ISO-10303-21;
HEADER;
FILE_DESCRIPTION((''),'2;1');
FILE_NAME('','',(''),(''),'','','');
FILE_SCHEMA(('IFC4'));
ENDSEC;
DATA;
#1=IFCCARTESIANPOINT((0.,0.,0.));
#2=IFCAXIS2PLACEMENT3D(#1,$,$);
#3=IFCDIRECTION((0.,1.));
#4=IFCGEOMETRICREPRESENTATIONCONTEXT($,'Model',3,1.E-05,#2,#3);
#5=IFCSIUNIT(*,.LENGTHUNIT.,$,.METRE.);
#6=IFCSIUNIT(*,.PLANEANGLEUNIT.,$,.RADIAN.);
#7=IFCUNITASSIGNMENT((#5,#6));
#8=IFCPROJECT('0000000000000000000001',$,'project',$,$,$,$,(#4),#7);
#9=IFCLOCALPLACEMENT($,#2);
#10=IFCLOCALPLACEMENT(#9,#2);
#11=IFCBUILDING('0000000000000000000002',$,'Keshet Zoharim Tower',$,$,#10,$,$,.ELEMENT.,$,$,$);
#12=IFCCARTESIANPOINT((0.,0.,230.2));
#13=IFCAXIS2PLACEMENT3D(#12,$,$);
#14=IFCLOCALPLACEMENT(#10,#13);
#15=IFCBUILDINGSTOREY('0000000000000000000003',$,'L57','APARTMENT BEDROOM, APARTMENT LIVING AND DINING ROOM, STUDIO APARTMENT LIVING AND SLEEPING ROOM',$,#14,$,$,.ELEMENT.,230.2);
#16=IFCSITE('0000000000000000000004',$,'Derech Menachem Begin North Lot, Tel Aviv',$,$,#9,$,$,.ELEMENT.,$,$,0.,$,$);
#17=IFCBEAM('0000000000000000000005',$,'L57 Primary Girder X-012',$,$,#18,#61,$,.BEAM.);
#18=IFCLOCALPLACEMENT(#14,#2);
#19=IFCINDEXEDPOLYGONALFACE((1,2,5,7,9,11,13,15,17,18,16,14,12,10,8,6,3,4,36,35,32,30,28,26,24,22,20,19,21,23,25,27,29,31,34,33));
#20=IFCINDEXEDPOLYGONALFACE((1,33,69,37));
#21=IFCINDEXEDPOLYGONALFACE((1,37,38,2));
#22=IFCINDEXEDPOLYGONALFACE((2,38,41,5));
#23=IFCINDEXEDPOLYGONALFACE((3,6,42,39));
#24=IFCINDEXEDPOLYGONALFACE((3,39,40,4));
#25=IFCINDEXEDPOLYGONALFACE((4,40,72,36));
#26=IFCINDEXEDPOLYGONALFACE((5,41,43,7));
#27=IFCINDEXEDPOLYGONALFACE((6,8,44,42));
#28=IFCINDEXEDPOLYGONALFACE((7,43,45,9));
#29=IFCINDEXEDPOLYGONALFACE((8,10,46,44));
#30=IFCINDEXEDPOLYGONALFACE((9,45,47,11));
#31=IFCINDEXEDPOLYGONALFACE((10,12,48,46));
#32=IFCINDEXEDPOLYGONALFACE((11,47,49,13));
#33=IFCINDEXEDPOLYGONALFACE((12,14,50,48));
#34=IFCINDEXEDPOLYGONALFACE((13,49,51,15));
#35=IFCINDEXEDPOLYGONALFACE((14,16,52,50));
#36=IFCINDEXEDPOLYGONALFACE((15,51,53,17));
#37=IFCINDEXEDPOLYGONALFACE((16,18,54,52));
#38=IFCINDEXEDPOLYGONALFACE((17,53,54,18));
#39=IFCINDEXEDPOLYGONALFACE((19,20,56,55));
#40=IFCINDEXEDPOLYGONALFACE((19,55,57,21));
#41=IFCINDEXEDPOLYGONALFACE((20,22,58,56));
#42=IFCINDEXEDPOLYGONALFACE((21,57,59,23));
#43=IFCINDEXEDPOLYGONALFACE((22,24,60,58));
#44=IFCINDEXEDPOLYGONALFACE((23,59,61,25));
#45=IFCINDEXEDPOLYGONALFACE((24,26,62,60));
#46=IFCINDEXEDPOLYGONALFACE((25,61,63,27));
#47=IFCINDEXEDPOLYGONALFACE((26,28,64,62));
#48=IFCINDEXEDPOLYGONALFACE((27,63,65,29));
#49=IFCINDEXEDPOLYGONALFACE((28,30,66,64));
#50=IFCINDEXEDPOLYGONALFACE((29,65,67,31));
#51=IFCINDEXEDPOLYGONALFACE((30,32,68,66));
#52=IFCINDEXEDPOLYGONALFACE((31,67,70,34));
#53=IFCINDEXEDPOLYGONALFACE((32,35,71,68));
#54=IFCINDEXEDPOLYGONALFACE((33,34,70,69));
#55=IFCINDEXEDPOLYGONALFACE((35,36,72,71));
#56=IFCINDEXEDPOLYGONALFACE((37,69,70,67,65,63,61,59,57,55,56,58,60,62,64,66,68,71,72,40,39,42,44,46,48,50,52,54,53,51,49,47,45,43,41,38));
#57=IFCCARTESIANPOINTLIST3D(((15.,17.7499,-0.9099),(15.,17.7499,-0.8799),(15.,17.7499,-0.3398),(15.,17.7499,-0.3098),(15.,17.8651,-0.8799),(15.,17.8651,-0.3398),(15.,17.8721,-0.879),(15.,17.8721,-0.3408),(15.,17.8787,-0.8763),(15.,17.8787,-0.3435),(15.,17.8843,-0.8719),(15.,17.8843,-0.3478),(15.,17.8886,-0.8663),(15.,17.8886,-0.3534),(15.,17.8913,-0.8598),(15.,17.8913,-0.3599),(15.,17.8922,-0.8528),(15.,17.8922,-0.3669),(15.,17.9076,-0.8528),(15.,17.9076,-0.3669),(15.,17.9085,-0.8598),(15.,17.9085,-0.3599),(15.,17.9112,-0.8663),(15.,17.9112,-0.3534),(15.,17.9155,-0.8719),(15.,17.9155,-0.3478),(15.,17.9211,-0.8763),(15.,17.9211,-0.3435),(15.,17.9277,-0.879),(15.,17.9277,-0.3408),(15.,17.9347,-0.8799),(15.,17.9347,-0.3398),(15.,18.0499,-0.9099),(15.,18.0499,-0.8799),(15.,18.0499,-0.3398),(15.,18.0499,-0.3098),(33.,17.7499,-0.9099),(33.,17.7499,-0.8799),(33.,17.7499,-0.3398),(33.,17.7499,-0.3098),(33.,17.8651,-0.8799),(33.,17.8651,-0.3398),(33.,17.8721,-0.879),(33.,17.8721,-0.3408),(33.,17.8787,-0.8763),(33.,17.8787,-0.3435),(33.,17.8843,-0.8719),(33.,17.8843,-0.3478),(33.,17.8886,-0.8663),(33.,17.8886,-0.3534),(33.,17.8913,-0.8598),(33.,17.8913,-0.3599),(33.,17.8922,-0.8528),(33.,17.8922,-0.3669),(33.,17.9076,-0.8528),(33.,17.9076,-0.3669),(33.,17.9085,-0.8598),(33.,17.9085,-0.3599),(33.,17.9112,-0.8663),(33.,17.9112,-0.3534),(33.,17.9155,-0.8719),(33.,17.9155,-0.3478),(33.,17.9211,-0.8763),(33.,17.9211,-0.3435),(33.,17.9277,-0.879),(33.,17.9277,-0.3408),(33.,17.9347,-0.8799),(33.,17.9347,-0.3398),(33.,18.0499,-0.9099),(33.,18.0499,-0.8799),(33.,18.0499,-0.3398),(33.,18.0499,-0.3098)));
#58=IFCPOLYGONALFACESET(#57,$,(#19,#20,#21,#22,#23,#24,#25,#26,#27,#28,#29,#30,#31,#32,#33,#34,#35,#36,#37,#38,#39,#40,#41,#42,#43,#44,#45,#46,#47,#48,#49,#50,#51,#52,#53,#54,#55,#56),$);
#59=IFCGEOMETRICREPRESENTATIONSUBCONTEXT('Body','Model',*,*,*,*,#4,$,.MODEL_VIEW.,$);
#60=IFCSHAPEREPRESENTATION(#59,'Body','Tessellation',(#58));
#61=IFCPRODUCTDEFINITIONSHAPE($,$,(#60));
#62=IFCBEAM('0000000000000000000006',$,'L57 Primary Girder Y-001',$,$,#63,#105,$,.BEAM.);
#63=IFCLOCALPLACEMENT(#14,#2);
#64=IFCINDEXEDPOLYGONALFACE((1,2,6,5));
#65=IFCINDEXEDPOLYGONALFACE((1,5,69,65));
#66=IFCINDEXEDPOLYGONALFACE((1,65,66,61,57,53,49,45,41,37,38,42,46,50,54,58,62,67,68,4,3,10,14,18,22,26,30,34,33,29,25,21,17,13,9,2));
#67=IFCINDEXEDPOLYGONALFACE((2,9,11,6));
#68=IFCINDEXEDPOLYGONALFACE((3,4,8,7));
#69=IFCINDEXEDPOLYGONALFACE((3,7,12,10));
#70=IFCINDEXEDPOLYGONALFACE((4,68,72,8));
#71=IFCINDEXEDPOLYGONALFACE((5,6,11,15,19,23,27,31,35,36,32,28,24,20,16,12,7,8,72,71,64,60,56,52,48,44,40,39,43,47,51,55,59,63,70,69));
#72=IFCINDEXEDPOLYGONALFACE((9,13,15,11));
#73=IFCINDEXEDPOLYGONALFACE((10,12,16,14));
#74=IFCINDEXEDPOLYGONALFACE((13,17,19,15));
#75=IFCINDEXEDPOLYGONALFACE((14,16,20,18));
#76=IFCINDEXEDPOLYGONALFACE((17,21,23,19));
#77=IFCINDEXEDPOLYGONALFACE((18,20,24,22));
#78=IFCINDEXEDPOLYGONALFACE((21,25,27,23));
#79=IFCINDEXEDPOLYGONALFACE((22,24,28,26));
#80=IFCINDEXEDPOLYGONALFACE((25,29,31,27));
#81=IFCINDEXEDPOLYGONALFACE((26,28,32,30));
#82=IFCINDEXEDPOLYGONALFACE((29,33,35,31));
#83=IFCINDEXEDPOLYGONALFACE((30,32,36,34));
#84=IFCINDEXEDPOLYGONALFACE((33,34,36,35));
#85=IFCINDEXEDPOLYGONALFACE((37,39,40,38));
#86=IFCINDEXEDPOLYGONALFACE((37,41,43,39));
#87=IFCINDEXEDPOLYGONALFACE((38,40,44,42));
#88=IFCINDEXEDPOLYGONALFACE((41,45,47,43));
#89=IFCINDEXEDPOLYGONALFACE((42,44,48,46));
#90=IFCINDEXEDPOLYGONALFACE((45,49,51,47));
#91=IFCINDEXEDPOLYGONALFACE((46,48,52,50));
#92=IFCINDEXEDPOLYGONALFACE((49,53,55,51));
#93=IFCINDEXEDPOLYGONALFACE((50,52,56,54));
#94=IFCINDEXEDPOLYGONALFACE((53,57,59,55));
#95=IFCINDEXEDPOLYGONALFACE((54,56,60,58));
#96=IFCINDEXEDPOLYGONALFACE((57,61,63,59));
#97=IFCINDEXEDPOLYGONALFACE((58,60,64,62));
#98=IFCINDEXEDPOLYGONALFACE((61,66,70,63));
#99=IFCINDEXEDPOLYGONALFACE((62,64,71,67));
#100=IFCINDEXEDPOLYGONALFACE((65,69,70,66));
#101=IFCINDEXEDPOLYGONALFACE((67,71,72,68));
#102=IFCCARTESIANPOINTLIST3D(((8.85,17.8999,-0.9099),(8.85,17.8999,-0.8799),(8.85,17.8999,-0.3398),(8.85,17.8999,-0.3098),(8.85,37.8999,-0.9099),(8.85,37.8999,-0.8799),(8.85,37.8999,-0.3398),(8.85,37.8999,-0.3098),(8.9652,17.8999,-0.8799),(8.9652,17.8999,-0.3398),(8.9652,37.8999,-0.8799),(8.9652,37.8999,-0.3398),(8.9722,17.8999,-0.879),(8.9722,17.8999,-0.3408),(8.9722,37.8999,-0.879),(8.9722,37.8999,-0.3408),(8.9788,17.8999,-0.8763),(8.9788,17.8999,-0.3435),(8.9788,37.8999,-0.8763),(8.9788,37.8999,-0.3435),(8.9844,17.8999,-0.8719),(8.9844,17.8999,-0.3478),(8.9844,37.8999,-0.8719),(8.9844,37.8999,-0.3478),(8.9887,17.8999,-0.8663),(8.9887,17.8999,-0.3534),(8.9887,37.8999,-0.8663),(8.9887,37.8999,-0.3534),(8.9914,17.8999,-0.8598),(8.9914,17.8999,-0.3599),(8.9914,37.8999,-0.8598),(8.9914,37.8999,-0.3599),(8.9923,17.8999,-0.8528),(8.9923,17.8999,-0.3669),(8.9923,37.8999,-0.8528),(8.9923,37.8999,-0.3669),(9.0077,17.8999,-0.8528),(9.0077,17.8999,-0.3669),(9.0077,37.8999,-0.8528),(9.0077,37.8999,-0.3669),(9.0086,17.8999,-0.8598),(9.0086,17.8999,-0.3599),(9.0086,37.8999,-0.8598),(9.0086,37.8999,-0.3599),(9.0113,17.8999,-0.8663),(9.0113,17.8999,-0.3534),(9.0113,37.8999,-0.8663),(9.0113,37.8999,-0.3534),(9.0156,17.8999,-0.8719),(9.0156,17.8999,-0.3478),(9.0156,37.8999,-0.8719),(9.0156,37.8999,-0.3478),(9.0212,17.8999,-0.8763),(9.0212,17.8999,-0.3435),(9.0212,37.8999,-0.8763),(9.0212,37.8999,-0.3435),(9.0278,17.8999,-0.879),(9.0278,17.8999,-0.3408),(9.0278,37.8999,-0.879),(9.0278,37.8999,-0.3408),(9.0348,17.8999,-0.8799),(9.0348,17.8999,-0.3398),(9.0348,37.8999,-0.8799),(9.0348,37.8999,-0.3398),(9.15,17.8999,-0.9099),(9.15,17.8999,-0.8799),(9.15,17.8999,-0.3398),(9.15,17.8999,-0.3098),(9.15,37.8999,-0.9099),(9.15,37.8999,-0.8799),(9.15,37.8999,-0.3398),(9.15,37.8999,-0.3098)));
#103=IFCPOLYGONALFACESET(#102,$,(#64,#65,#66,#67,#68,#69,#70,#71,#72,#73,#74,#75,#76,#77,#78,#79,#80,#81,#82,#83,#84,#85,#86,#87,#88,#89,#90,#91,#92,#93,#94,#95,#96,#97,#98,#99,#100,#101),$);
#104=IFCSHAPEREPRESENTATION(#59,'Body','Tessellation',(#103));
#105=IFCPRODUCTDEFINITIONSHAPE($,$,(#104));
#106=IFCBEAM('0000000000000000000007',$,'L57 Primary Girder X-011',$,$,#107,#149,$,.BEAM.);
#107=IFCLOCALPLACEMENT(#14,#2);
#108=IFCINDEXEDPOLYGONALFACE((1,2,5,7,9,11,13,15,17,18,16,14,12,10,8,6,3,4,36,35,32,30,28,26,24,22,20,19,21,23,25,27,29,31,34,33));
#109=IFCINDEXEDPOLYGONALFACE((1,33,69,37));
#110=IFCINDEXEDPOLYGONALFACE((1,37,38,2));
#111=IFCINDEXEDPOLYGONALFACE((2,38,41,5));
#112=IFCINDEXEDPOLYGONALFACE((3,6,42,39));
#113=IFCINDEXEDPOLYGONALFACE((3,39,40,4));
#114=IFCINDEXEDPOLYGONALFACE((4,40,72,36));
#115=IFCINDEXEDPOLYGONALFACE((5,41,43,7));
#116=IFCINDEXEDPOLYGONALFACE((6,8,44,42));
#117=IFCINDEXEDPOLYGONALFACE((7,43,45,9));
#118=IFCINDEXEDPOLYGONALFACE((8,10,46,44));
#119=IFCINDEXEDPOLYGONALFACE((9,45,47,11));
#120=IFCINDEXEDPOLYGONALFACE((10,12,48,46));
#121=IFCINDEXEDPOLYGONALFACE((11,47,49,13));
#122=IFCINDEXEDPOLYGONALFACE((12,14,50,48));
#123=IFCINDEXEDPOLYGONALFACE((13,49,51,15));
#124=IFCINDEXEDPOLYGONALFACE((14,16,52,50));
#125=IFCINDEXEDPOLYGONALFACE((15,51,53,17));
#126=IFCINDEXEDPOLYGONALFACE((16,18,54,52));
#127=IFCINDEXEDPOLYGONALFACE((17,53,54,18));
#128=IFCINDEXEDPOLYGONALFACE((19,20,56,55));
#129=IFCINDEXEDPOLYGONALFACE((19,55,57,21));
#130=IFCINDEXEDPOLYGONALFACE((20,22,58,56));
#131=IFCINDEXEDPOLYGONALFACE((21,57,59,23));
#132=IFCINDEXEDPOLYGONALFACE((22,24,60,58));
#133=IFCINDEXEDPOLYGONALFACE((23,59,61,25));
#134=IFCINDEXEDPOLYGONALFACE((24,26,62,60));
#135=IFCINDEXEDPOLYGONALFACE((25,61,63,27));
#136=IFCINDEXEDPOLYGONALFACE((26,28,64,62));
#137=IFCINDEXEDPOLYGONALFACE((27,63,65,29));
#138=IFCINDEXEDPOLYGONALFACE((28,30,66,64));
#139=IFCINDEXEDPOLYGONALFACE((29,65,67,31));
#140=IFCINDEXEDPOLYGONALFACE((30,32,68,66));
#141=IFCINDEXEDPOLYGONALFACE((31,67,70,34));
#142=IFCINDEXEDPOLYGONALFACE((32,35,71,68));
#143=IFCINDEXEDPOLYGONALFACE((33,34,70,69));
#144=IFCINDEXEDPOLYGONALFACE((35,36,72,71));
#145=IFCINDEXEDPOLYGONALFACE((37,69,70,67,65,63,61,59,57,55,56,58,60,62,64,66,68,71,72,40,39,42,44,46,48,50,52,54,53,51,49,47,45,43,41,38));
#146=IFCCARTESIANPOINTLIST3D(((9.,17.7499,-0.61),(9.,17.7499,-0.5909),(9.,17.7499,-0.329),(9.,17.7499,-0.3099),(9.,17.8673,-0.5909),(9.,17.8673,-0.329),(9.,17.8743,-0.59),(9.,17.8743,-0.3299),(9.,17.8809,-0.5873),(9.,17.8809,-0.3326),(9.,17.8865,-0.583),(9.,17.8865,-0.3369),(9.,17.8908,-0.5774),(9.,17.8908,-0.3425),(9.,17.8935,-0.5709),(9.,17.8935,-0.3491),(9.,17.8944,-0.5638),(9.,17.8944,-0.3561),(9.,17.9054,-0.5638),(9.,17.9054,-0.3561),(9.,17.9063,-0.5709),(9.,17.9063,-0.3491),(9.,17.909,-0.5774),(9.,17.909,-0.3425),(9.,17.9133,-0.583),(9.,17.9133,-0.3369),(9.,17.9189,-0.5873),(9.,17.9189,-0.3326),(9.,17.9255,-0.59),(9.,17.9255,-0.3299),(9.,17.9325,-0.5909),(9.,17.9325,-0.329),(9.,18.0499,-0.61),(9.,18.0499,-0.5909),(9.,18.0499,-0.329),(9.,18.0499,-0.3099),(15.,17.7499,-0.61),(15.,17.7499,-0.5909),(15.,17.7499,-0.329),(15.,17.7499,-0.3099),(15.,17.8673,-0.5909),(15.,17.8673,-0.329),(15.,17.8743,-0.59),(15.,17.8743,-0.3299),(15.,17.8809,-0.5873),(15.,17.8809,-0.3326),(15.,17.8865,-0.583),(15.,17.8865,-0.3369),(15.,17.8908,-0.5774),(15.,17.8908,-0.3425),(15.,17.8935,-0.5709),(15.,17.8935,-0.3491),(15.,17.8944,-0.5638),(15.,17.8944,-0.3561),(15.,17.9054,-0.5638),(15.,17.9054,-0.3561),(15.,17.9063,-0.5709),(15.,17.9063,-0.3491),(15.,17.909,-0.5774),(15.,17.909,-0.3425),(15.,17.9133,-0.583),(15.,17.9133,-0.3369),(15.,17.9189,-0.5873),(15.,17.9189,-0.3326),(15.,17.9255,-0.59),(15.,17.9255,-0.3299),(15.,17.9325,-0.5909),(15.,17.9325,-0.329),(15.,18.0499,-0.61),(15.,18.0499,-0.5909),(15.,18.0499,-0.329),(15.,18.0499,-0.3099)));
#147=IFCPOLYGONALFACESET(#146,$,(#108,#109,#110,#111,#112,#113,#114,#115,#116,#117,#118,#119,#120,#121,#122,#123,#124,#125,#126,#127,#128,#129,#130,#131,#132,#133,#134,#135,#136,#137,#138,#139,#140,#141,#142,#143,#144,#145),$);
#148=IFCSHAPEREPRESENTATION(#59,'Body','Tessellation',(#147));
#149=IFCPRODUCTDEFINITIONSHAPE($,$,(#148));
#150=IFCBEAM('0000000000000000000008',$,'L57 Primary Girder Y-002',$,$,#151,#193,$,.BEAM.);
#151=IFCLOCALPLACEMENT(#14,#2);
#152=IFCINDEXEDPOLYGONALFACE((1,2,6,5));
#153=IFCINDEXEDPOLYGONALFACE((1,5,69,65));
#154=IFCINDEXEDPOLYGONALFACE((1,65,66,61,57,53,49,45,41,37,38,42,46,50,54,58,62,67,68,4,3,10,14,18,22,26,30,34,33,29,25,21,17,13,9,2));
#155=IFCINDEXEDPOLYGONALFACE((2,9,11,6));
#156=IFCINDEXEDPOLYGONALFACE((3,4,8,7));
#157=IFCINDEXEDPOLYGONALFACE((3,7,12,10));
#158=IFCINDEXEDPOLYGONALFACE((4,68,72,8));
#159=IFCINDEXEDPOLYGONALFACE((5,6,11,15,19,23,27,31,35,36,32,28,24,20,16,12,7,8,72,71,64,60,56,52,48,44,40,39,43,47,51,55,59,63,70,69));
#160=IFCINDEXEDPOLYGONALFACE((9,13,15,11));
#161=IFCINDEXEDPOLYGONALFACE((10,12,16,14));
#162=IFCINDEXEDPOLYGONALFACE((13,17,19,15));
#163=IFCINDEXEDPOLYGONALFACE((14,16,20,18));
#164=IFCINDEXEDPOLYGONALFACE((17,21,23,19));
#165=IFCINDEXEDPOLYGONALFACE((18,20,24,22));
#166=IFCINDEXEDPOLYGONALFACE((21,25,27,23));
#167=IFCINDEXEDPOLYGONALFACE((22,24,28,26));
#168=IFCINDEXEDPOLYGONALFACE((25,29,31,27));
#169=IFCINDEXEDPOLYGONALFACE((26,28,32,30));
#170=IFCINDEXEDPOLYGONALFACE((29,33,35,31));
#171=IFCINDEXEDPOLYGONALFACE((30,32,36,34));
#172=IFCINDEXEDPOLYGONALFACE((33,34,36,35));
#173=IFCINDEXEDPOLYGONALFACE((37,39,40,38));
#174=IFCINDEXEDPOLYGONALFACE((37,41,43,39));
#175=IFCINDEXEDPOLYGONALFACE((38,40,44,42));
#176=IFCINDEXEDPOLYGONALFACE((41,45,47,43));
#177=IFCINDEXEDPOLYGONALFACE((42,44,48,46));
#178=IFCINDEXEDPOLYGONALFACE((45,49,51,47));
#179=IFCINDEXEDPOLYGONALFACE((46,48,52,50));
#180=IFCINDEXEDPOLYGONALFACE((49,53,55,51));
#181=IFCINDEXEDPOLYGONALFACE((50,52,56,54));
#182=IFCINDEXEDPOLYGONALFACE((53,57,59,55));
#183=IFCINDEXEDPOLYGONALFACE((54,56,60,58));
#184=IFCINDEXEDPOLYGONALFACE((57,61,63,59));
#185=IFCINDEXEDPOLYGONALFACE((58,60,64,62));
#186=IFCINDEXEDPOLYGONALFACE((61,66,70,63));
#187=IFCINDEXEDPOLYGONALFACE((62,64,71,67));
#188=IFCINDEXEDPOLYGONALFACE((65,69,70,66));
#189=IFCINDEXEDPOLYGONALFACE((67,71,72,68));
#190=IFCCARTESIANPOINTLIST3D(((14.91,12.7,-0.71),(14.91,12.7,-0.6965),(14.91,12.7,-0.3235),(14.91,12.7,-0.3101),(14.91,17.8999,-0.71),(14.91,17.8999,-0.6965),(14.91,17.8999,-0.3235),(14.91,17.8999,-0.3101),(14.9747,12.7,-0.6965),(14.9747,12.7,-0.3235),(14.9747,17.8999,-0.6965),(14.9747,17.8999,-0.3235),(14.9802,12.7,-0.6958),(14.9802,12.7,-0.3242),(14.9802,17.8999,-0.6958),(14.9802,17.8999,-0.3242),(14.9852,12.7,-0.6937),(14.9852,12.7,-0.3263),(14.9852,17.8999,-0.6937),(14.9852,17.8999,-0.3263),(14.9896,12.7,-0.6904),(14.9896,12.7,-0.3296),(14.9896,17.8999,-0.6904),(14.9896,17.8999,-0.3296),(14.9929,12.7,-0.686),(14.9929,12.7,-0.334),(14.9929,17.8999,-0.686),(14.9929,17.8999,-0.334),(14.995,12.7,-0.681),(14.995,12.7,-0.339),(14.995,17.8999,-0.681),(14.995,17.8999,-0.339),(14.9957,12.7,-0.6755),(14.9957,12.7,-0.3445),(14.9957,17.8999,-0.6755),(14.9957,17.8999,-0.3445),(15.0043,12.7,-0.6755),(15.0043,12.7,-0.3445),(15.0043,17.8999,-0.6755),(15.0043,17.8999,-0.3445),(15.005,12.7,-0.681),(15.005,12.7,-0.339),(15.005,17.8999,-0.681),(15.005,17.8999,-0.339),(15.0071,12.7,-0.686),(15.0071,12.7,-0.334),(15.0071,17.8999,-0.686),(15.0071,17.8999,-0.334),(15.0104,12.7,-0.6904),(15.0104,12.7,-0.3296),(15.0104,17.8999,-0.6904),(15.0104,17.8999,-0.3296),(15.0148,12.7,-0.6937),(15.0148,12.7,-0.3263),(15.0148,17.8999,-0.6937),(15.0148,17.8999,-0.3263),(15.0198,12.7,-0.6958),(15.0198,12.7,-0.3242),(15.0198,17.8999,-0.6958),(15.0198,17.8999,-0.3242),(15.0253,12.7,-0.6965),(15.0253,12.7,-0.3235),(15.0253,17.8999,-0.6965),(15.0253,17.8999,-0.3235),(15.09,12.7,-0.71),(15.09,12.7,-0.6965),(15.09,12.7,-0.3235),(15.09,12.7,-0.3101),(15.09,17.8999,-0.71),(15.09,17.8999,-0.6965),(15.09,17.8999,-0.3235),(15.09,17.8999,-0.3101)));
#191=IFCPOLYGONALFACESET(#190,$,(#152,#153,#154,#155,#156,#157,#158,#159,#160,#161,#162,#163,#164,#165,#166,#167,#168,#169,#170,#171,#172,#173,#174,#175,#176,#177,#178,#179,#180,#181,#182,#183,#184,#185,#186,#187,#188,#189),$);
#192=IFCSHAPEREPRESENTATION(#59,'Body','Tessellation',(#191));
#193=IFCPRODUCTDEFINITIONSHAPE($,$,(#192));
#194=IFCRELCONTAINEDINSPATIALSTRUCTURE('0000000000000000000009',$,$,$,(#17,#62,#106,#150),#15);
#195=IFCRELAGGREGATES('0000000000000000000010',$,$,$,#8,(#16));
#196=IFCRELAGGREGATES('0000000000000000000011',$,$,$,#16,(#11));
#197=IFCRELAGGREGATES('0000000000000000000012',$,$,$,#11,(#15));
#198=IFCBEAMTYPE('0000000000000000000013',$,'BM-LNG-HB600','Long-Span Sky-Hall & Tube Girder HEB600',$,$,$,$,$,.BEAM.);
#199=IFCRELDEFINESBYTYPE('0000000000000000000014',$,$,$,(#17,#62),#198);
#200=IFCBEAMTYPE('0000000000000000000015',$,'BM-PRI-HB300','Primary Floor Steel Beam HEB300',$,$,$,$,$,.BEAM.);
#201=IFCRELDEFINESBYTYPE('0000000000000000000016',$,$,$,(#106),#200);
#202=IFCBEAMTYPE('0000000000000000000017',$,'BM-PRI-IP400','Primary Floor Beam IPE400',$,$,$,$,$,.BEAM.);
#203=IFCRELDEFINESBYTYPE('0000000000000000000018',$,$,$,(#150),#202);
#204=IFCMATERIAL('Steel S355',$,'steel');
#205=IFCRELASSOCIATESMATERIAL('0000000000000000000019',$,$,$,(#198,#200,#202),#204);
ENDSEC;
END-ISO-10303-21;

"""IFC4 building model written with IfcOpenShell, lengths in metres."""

from ifc_helpers import new_model, si_unit, direction, frame, origin, origin_2d, place, context, subcontext, project, spatial, i_section, extrude, material, material_profile, profile_set, type_object, element, save


model = new_model("IFC4")

# Units and contexts
model_context = context("Model", 3, precision=1e-05, world=origin(), true_north=direction((0.0, 1.0)))
body_context = subcontext(model_context, "Body", "Model", "MODEL_VIEW")
ifc_project = project(units=[si_unit("LENGTHUNIT", "METRE"), si_unit("PLANEANGLEUNIT", "RADIAN")], contexts=[model_context])

# Site, building, storey
site_placement = place(None, origin())
site = spatial("IfcSite", under=ifc_project, at=site_placement, Name="Derech Menachem Begin North Lot, Tel Aviv", CompositionType="ELEMENT", RefElevation=0.0)
building_placement = place(site_placement, origin())
building = spatial("IfcBuilding", under=site, at=building_placement, Name="Keshet Zoharim Tower", CompositionType="ELEMENT")
storey_placement = place(building_placement, frame((0.0, 0.0, 230.2)))
storey = spatial("IfcBuildingStorey", under=building, at=storey_placement, Name="L57", Description="APARTMENT BEDROOM, APARTMENT LIVING AND DINING ROOM, STUDIO APARTMENT LIVING AND SLEEPING ROOM", CompositionType="ELEMENT", Elevation=230.2)

# Shared definitions
ifc_material_1 = material(Name="Steel S355", Category="steel")

# Beams
ifc_material_profile_1 = material_profile(ifc_material_1, i_section(OverallWidth=0.3, OverallDepth=0.6001, WebThickness=0.0154, FlangeThickness=0.03, FilletRadius=0.0271, at=origin_2d()), Name="HEB600")
ifc_profile_set_1 = profile_set([ifc_material_profile_1], Name="Steel S355")
beam_type_1 = type_object("IfcBeamType", Name="BM-LNG-HB600", Description="Long-Span Sky-Hall & Tube Girder HEB600", PredefinedType="BEAM", material=ifc_profile_set_1)
for number, where, z_axis, x_axis, name in (
    (1, (15.0, 17.8999, -0.6099), (1.0, 0.0, 0.0), (0.0, 1.0, 0.0), "L57 Primary Girder X-012"),
):
    element("IfcBeam", number, at=place(storey_placement, frame(where, z_axis=z_axis, x_axis=x_axis)), inside=storey, type_object=beam_type_1, Name=name, PredefinedType="BEAM", context=body_context, shape_type="SweptSolid", body=[
        extrude(i_section(OverallWidth=0.3, OverallDepth=0.6001, WebThickness=0.0154, FlangeThickness=0.03, FilletRadius=0.0271, at=origin_2d()), origin(), (0.0, 0.0, 1.0), 18.0),
    ])
beam_1_placement = place(storey_placement, frame((9.0, 17.8999, -0.6099), z_axis=(0.0, 1.0, 0.0), x_axis=(-1.0, 0.0, 0.0)))
element("IfcBeam", 2, at=beam_1_placement, inside=storey, type_object=beam_type_1, Name="L57 Primary Girder Y-001", PredefinedType="BEAM", context=body_context, shape_type="SweptSolid", body=[
    extrude(i_section(OverallWidth=0.3, OverallDepth=0.6001, WebThickness=0.0154, FlangeThickness=0.03, FilletRadius=0.0271, at=origin_2d()), origin(), (0.0, 0.0, 1.0), 20.0),
])
ifc_material_profile_2 = material_profile(ifc_material_1, i_section(OverallWidth=0.3, OverallDepth=0.3, WebThickness=0.011, FlangeThickness=0.019, FilletRadius=0.0271, at=origin_2d()), Name="HEB300")
ifc_profile_set_2 = profile_set([ifc_material_profile_2], Name="Steel S355")
beam_type_2 = type_object("IfcBeamType", Name="BM-PRI-HB300", Description="Primary Floor Steel Beam HEB300", PredefinedType="BEAM", material=ifc_profile_set_2)
beam_2_placement = place(storey_placement, frame((9.0, 17.8999, -0.46), z_axis=(1.0, 0.0, 0.0), x_axis=(0.0, 1.0, 0.0)))
element("IfcBeam", 3, at=beam_2_placement, inside=storey, type_object=beam_type_2, Name="L57 Primary Girder X-011", PredefinedType="BEAM", context=body_context, shape_type="SweptSolid", body=[
    extrude(i_section(OverallWidth=0.3, OverallDepth=0.3, WebThickness=0.011, FlangeThickness=0.019, FilletRadius=0.0271, at=origin_2d()), origin(), (0.0, 0.0, 1.0), 6.0),
])
ifc_material_profile_3 = material_profile(ifc_material_1, i_section(OverallWidth=0.1799, OverallDepth=0.3999, WebThickness=0.0085, FlangeThickness=0.0134, FilletRadius=0.021, at=origin_2d()), Name="IPE400")
ifc_profile_set_3 = profile_set([ifc_material_profile_3], Name="Steel S355")
beam_type_3 = type_object("IfcBeamType", Name="BM-PRI-IP400", Description="Primary Floor Beam IPE400", PredefinedType="BEAM", material=ifc_profile_set_3)
beam_3_placement = place(storey_placement, frame((15.0, 12.7, -0.51), z_axis=(0.0, 1.0, 0.0), x_axis=(-1.0, 0.0, 0.0)))
element("IfcBeam", 4, at=beam_3_placement, inside=storey, type_object=beam_type_3, Name="L57 Primary Girder Y-002", PredefinedType="BEAM", context=body_context, shape_type="SweptSolid", body=[
    extrude(i_section(OverallWidth=0.1799, OverallDepth=0.3999, WebThickness=0.0085, FlangeThickness=0.0134, FilletRadius=0.021, at=origin_2d()), origin(), (0.0, 0.0, 1.0), 5.2),
])

save(model, "model.ifc")
